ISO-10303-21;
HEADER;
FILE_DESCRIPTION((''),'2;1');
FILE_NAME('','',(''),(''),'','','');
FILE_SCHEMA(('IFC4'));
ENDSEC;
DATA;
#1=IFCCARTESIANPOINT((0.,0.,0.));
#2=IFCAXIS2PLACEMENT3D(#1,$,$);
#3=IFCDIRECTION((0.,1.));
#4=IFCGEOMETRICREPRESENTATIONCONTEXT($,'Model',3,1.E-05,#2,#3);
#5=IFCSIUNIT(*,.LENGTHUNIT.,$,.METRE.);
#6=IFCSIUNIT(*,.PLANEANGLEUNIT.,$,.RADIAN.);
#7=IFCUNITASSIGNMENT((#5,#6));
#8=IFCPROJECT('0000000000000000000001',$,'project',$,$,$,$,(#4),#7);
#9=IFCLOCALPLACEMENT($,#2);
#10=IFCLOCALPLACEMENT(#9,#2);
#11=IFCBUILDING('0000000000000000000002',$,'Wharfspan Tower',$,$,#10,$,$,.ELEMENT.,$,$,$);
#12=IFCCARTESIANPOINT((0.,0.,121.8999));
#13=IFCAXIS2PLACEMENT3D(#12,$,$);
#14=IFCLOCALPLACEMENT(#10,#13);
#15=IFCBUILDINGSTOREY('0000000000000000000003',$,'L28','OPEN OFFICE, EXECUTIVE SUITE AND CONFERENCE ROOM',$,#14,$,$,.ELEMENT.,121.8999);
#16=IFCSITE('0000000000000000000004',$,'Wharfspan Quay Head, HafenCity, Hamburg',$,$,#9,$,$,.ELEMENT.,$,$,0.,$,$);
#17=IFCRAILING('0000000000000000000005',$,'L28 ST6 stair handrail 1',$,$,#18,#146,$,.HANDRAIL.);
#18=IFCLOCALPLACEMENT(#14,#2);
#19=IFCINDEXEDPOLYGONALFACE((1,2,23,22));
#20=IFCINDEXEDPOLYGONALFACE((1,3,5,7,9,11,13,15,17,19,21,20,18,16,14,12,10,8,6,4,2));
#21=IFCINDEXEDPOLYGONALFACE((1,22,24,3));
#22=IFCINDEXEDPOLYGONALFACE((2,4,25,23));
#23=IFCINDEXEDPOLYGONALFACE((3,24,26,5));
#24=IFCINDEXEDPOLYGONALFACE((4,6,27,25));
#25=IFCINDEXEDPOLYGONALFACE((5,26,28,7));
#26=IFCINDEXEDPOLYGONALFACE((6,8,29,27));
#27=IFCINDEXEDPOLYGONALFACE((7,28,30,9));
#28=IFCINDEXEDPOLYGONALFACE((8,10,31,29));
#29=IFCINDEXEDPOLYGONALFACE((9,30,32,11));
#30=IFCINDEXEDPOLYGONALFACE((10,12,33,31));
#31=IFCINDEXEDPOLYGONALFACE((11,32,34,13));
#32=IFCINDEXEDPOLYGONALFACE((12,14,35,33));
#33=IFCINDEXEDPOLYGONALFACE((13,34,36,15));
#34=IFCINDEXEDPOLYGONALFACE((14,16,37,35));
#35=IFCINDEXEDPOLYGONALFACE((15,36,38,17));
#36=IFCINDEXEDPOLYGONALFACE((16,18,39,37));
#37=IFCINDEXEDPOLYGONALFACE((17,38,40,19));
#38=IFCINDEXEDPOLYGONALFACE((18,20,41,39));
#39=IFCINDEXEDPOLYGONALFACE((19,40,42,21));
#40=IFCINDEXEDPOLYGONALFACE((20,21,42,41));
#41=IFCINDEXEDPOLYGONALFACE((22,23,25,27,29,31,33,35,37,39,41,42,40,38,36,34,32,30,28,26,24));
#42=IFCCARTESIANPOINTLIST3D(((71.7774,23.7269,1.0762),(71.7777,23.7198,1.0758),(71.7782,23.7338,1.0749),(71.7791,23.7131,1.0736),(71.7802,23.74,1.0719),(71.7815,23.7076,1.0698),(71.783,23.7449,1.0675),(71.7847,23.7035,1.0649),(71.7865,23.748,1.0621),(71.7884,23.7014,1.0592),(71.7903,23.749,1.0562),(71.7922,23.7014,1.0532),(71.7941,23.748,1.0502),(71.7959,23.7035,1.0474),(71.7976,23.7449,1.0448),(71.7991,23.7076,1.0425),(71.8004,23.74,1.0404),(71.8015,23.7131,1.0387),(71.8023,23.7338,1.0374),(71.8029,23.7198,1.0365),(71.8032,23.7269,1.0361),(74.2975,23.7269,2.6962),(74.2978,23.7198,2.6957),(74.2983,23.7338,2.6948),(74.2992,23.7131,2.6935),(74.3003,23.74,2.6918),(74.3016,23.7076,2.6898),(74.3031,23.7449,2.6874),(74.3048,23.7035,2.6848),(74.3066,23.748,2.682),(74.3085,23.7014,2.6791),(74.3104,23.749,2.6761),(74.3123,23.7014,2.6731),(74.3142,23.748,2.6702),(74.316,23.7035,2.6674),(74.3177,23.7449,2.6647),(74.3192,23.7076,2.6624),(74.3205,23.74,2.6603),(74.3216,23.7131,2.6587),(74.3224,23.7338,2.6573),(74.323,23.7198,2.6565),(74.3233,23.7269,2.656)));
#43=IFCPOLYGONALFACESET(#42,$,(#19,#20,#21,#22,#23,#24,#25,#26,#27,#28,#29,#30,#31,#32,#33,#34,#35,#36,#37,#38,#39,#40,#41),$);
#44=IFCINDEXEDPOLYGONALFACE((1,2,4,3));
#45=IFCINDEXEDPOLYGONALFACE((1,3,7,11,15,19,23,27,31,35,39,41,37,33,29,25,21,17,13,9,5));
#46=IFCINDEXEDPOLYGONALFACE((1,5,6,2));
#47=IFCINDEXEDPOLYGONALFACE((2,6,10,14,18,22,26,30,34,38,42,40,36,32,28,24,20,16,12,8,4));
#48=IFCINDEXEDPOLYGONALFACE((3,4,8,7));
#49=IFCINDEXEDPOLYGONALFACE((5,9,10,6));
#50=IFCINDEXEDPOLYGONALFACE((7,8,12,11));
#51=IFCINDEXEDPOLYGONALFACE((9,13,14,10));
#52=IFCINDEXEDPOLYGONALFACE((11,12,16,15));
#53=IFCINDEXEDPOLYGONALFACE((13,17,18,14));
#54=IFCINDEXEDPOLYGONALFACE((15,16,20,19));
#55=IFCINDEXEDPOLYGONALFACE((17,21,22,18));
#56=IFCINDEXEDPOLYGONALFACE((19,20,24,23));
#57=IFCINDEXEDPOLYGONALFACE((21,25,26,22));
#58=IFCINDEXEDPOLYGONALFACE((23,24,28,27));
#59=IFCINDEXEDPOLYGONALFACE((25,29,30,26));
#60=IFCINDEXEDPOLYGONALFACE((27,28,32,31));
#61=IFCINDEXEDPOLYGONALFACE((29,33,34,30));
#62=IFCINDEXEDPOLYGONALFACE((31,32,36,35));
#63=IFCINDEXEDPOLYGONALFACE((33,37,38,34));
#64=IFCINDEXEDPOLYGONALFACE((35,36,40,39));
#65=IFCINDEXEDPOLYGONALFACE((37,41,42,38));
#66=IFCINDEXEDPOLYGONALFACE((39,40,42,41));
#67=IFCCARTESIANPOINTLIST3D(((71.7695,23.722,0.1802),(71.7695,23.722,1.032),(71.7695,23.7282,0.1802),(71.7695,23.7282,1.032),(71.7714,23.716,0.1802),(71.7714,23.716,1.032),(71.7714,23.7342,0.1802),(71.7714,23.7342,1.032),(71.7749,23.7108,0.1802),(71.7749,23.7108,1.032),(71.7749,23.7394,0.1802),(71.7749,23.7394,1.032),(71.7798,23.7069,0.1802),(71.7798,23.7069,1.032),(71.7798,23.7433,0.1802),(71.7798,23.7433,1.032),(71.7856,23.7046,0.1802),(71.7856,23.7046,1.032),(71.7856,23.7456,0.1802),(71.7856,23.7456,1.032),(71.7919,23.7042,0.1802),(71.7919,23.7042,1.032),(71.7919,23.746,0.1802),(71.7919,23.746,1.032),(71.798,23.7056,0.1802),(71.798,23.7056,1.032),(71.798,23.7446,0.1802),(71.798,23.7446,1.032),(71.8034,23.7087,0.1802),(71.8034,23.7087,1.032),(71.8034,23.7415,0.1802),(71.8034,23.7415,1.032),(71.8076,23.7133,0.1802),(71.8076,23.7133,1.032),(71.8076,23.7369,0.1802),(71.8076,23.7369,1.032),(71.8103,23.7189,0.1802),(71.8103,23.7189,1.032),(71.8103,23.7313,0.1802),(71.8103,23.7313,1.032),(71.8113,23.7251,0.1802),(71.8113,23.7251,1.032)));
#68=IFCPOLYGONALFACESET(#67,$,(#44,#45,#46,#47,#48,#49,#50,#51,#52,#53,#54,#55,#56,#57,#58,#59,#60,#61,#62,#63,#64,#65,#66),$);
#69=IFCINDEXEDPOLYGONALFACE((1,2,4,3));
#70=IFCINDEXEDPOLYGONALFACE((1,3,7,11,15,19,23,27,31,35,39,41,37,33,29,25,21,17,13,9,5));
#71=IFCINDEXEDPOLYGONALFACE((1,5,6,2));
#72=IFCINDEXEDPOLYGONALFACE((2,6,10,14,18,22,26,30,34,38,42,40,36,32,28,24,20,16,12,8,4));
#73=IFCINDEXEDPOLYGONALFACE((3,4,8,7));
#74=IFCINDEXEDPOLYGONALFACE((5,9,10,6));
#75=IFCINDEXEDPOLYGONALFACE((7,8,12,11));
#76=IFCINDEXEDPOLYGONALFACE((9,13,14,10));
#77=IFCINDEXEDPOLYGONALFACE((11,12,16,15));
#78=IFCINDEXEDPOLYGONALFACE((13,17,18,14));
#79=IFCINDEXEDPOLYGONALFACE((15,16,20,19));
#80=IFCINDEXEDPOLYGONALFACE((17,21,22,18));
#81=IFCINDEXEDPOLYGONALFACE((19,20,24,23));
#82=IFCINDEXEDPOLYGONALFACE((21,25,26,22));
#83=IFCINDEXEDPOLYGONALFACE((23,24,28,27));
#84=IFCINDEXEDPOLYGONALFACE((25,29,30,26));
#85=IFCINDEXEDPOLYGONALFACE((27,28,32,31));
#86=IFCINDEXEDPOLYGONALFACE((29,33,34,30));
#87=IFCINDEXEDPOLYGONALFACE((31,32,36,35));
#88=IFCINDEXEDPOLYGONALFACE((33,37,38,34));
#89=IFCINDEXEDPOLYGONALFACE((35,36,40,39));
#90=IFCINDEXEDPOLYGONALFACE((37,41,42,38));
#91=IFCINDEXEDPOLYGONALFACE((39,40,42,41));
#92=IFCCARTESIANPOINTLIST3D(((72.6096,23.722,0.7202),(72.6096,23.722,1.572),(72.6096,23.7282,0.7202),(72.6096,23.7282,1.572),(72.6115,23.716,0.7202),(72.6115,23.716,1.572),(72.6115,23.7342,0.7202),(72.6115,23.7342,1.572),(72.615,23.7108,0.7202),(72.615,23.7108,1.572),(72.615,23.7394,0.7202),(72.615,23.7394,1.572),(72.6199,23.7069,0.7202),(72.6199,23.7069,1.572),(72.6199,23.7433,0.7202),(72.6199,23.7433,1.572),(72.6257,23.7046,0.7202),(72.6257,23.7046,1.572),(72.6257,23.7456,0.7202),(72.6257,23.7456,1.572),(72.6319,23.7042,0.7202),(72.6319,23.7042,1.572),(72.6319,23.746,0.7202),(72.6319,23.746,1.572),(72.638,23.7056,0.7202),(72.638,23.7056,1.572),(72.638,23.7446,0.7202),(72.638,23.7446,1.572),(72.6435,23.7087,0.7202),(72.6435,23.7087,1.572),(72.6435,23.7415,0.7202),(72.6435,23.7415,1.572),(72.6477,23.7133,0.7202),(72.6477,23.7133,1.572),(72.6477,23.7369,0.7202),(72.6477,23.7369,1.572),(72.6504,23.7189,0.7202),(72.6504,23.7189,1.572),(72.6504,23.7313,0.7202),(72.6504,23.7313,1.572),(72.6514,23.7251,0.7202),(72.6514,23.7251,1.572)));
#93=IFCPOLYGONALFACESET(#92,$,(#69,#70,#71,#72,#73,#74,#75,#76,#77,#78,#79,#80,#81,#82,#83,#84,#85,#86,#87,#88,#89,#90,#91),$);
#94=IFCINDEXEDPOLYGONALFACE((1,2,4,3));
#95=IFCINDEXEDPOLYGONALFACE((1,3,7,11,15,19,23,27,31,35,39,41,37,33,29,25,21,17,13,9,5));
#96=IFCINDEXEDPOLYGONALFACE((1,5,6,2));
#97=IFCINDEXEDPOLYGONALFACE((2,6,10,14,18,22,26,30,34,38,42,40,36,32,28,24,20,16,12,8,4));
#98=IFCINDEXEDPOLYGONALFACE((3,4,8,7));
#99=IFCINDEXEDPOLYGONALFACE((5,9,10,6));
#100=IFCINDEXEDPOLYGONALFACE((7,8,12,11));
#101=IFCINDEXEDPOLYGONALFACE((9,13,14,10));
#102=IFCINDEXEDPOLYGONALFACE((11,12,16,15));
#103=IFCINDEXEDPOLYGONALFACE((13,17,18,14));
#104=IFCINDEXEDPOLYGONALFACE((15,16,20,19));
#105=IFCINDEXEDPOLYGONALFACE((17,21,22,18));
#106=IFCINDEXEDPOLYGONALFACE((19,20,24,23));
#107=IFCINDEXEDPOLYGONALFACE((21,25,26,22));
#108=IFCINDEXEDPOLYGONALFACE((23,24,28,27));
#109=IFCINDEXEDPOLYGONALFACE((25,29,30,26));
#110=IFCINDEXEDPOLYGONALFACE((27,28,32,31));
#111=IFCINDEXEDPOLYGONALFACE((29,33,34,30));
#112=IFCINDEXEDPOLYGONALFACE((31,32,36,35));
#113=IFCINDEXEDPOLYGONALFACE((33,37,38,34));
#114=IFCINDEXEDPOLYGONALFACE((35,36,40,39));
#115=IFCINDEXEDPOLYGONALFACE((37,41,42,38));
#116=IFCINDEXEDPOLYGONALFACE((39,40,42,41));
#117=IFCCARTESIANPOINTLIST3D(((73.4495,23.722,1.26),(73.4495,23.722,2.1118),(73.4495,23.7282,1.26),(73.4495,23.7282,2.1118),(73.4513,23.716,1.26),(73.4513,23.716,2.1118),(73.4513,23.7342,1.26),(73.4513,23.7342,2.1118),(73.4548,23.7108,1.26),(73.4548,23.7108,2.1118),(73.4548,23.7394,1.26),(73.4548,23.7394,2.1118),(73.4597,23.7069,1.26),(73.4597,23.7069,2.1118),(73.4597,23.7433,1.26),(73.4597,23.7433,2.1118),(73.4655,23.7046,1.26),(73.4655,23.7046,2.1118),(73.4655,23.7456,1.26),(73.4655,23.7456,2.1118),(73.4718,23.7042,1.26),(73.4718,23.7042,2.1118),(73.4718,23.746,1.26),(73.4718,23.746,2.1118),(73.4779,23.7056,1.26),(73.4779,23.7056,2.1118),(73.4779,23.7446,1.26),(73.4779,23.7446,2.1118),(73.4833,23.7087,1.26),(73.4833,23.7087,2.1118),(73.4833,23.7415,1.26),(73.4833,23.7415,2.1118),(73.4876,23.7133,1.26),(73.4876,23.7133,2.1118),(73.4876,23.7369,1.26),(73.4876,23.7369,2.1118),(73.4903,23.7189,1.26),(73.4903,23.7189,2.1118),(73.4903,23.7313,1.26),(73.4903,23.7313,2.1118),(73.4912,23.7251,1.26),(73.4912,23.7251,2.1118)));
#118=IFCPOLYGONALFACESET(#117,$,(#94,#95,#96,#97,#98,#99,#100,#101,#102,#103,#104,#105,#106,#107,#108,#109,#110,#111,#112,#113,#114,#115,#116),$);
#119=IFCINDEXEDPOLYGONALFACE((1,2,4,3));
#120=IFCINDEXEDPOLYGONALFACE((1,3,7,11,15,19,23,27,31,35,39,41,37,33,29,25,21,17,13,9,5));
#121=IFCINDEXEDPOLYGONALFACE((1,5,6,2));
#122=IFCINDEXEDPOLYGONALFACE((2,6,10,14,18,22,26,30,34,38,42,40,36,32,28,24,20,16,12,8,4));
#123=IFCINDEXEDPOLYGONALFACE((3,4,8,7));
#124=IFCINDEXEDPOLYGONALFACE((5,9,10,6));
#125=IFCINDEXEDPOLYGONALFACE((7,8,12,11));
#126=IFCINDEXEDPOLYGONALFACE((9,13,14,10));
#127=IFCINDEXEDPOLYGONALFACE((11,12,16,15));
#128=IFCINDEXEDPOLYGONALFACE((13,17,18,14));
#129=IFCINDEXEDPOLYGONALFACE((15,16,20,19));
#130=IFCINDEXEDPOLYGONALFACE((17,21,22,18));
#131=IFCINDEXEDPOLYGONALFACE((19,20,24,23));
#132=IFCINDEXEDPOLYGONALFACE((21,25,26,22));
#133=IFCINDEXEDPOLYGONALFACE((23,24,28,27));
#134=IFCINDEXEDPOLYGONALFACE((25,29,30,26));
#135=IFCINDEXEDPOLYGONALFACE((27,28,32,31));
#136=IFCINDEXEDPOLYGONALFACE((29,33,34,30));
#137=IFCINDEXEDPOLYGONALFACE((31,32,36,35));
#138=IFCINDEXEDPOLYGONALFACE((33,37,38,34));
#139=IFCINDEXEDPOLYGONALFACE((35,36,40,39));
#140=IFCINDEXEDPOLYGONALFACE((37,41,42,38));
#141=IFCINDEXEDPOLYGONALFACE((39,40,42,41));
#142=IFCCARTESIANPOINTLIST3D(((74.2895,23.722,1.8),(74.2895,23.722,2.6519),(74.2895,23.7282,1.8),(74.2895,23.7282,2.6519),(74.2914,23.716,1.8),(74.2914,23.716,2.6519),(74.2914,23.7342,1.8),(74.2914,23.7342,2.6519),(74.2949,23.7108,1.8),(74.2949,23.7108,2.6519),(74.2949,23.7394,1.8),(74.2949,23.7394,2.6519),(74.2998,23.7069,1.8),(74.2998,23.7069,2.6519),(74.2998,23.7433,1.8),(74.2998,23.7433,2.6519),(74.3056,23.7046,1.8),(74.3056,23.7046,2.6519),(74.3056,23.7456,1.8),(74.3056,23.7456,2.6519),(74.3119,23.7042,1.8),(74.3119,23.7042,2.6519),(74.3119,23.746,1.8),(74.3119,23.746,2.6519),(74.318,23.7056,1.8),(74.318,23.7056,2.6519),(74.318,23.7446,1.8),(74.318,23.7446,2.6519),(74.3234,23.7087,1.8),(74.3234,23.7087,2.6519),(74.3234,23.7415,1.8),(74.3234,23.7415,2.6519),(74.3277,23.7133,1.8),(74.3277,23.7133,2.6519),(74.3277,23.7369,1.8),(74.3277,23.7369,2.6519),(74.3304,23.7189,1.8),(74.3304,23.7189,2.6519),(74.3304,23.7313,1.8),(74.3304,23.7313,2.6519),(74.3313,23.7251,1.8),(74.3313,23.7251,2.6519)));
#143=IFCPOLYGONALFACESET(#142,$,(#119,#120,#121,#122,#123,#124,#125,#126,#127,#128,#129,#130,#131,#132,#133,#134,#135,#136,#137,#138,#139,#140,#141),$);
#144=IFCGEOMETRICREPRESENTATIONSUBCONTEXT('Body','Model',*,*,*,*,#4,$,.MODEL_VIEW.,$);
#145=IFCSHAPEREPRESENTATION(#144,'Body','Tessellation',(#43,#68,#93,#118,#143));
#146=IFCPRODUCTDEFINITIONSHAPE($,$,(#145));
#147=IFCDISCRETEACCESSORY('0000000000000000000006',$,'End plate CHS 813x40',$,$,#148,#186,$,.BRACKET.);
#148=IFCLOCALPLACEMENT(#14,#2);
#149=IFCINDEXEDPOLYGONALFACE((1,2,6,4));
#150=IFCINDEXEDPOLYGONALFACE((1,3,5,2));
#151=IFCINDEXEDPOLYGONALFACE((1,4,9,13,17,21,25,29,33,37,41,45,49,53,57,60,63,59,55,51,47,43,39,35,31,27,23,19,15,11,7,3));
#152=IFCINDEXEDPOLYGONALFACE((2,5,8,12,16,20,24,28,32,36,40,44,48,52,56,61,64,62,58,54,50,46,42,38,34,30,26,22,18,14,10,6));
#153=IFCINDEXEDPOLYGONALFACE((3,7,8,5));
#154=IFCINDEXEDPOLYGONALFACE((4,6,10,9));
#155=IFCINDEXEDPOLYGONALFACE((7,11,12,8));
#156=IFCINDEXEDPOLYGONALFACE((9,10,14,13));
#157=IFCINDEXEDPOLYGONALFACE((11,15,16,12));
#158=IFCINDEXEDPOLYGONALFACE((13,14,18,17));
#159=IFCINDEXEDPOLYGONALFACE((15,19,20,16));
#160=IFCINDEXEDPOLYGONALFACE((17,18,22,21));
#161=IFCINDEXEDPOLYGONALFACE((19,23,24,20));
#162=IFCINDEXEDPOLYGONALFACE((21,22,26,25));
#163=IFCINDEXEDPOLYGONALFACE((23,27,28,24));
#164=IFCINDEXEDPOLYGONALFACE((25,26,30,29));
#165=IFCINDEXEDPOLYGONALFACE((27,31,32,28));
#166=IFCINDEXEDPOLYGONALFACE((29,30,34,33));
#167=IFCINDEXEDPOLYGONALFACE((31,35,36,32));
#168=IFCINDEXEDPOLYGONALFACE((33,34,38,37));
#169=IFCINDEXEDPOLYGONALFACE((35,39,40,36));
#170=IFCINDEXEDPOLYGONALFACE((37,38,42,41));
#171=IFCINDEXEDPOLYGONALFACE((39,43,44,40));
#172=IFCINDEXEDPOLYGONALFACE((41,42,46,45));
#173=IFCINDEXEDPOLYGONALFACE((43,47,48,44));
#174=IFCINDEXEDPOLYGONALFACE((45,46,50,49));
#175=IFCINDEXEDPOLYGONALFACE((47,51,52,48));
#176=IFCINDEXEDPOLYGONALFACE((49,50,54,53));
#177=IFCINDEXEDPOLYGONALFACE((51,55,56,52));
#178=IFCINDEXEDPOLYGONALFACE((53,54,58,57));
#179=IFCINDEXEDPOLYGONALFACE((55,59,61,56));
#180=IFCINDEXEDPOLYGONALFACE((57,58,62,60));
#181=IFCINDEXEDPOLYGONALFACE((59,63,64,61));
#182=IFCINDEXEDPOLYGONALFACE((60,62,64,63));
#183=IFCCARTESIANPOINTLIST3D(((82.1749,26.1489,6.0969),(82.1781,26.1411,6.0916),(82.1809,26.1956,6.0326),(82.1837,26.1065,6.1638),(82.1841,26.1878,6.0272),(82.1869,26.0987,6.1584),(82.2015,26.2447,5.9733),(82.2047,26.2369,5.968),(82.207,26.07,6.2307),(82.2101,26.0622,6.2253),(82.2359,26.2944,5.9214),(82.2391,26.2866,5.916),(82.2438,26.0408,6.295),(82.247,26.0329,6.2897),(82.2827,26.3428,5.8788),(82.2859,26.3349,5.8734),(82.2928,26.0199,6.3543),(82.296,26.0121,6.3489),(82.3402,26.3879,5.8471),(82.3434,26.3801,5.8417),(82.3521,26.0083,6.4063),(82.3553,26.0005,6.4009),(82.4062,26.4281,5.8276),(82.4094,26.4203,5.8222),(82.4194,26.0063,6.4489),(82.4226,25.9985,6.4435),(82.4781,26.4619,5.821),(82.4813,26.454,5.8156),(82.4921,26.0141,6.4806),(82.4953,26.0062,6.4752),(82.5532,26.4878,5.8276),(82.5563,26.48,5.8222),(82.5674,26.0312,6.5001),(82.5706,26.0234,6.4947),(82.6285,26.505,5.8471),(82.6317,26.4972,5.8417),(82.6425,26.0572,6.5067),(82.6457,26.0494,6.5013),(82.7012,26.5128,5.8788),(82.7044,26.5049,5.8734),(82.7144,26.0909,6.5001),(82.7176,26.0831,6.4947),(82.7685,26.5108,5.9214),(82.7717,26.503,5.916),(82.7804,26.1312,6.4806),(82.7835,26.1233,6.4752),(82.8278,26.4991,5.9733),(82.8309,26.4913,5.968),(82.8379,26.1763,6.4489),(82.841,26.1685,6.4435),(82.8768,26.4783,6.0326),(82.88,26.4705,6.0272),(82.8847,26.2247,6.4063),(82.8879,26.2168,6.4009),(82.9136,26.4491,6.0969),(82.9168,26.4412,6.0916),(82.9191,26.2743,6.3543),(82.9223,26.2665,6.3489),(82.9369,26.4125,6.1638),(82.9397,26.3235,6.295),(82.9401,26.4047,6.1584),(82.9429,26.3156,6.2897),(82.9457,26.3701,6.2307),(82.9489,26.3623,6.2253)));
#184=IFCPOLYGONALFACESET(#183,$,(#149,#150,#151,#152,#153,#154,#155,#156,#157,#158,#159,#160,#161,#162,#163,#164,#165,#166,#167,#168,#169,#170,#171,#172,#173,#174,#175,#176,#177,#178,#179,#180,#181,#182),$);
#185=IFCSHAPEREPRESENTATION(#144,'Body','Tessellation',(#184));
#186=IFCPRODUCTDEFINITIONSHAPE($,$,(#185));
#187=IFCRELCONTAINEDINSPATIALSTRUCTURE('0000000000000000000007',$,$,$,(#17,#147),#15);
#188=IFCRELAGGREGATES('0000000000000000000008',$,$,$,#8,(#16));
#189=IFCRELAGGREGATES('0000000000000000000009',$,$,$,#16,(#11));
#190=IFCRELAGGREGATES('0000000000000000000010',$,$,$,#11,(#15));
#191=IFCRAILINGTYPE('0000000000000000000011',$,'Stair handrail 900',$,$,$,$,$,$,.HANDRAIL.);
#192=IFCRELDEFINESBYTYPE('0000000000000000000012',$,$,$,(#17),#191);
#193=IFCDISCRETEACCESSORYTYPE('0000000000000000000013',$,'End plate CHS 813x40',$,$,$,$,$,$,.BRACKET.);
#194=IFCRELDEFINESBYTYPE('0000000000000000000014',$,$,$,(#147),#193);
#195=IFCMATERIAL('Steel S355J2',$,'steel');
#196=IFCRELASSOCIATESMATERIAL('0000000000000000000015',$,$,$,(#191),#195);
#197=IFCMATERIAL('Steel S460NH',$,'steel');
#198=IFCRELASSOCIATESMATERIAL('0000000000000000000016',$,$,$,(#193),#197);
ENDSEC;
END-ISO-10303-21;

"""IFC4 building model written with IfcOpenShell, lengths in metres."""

from ifc_helpers import new_model, si_unit, direction, frame, origin, origin_2d, place, context, subcontext, project, spatial, circle, extrude, material, material_profile, profile_set, type_object, element, save


model = new_model("IFC4")

# Units and contexts
model_context = context("Model", 3, precision=1e-05, world=origin(), true_north=direction((0.0, 1.0)))
body_context = subcontext(model_context, "Body", "Model", "MODEL_VIEW")
ifc_project = project(units=[si_unit("LENGTHUNIT", "METRE"), si_unit("PLANEANGLEUNIT", "RADIAN")], contexts=[model_context])

# Site, building, storey
site_placement = place(None, origin())
site = spatial("IfcSite", under=ifc_project, at=site_placement, Name="Wharfspan Quay Head, HafenCity, Hamburg", CompositionType="ELEMENT", RefElevation=0.0)
building_placement = place(site_placement, origin())
building = spatial("IfcBuilding", under=site, at=building_placement, Name="Wharfspan Tower", CompositionType="ELEMENT")
storey_placement = place(building_placement, frame((0.0, 0.0, 121.8999)))
storey = spatial("IfcBuildingStorey", under=building, at=storey_placement, Name="L28", Description="OPEN OFFICE, EXECUTIVE SUITE AND CONFERENCE ROOM", CompositionType="ELEMENT", Elevation=121.8999)

# Shared definitions
ifc_material_1 = material(Name="Steel S355J2", Category="steel")

# Shared definitions
ifc_material_2 = material(Name="Steel S460NH", Category="steel")

# Railing
railing_type_1 = type_object("IfcRailingType", Name="Stair handrail 900", PredefinedType="HANDRAIL", material=ifc_material_1)
railing_1_placement = place(storey_placement, frame((71.7903, 23.7251, 0.1802)))
element("IfcRailing", 1, at=railing_1_placement, inside=storey, type_object=railing_type_1, Name="L28 ST6 stair handrail 1", PredefinedType="HANDRAIL", context=body_context, shape_type="SweptSolid", body=[
    extrude(circle(Radius=0.0239, at=origin_2d()), frame((0.0, 0.0, 0.876), z_axis=(0.8412, 0.0, 0.540725), x_axis=(0.0, 1.0, 0.0)), (0.0, 0.0, 1.0), 2.9958),
    extrude(circle(Radius=0.021, at=origin_2d()), origin(), (0.0, 0.0, 1.0), 0.8518),
    extrude(circle(Radius=0.021, at=origin_2d()), frame((0.8401, 0.0, 0.54)), (0.0, 0.0, 1.0), 0.8518),
    extrude(circle(Radius=0.021, at=origin_2d()), frame((1.6799, 0.0, 1.0798)), (0.0, 0.0, 1.0), 0.8518),
    extrude(circle(Radius=0.021, at=origin_2d()), frame((2.52, 0.0, 1.6199)), (0.0, 0.0, 1.0), 0.8518),
])

# Discrete accessory
ifc_material_profile_1 = material_profile(ifc_material_2, circle(Radius=0.4065, at=origin_2d()))
ifc_profile_set_1 = profile_set([ifc_material_profile_1], Name="Steel S460NH")
discrete_accessory_type = type_object("IfcDiscreteAccessoryType", Name="End plate CHS 813x40", PredefinedType="BRACKET", material=ifc_profile_set_1)
for number, where, z_axis, x_axis, name in (
    (2, (82.5635, 26.2517, 6.1584), (-0.317451, 0.781418, 0.537225), (-0.92647, -0.376377, -0.000002), "End plate CHS 813x40"),
):
    element("IfcDiscreteAccessory", number, at=place(storey_placement, frame(where, z_axis=z_axis, x_axis=x_axis)), inside=storey, type_object=discrete_accessory_type, Name=name, PredefinedType="BRACKET", context=body_context, shape_type="SweptSolid", body=[
        extrude(circle(Radius=0.4065, at=origin_2d()), origin(), (0.0, 0.0, 1.0), 0.01),
    ])

save(model, "model.ifc")
